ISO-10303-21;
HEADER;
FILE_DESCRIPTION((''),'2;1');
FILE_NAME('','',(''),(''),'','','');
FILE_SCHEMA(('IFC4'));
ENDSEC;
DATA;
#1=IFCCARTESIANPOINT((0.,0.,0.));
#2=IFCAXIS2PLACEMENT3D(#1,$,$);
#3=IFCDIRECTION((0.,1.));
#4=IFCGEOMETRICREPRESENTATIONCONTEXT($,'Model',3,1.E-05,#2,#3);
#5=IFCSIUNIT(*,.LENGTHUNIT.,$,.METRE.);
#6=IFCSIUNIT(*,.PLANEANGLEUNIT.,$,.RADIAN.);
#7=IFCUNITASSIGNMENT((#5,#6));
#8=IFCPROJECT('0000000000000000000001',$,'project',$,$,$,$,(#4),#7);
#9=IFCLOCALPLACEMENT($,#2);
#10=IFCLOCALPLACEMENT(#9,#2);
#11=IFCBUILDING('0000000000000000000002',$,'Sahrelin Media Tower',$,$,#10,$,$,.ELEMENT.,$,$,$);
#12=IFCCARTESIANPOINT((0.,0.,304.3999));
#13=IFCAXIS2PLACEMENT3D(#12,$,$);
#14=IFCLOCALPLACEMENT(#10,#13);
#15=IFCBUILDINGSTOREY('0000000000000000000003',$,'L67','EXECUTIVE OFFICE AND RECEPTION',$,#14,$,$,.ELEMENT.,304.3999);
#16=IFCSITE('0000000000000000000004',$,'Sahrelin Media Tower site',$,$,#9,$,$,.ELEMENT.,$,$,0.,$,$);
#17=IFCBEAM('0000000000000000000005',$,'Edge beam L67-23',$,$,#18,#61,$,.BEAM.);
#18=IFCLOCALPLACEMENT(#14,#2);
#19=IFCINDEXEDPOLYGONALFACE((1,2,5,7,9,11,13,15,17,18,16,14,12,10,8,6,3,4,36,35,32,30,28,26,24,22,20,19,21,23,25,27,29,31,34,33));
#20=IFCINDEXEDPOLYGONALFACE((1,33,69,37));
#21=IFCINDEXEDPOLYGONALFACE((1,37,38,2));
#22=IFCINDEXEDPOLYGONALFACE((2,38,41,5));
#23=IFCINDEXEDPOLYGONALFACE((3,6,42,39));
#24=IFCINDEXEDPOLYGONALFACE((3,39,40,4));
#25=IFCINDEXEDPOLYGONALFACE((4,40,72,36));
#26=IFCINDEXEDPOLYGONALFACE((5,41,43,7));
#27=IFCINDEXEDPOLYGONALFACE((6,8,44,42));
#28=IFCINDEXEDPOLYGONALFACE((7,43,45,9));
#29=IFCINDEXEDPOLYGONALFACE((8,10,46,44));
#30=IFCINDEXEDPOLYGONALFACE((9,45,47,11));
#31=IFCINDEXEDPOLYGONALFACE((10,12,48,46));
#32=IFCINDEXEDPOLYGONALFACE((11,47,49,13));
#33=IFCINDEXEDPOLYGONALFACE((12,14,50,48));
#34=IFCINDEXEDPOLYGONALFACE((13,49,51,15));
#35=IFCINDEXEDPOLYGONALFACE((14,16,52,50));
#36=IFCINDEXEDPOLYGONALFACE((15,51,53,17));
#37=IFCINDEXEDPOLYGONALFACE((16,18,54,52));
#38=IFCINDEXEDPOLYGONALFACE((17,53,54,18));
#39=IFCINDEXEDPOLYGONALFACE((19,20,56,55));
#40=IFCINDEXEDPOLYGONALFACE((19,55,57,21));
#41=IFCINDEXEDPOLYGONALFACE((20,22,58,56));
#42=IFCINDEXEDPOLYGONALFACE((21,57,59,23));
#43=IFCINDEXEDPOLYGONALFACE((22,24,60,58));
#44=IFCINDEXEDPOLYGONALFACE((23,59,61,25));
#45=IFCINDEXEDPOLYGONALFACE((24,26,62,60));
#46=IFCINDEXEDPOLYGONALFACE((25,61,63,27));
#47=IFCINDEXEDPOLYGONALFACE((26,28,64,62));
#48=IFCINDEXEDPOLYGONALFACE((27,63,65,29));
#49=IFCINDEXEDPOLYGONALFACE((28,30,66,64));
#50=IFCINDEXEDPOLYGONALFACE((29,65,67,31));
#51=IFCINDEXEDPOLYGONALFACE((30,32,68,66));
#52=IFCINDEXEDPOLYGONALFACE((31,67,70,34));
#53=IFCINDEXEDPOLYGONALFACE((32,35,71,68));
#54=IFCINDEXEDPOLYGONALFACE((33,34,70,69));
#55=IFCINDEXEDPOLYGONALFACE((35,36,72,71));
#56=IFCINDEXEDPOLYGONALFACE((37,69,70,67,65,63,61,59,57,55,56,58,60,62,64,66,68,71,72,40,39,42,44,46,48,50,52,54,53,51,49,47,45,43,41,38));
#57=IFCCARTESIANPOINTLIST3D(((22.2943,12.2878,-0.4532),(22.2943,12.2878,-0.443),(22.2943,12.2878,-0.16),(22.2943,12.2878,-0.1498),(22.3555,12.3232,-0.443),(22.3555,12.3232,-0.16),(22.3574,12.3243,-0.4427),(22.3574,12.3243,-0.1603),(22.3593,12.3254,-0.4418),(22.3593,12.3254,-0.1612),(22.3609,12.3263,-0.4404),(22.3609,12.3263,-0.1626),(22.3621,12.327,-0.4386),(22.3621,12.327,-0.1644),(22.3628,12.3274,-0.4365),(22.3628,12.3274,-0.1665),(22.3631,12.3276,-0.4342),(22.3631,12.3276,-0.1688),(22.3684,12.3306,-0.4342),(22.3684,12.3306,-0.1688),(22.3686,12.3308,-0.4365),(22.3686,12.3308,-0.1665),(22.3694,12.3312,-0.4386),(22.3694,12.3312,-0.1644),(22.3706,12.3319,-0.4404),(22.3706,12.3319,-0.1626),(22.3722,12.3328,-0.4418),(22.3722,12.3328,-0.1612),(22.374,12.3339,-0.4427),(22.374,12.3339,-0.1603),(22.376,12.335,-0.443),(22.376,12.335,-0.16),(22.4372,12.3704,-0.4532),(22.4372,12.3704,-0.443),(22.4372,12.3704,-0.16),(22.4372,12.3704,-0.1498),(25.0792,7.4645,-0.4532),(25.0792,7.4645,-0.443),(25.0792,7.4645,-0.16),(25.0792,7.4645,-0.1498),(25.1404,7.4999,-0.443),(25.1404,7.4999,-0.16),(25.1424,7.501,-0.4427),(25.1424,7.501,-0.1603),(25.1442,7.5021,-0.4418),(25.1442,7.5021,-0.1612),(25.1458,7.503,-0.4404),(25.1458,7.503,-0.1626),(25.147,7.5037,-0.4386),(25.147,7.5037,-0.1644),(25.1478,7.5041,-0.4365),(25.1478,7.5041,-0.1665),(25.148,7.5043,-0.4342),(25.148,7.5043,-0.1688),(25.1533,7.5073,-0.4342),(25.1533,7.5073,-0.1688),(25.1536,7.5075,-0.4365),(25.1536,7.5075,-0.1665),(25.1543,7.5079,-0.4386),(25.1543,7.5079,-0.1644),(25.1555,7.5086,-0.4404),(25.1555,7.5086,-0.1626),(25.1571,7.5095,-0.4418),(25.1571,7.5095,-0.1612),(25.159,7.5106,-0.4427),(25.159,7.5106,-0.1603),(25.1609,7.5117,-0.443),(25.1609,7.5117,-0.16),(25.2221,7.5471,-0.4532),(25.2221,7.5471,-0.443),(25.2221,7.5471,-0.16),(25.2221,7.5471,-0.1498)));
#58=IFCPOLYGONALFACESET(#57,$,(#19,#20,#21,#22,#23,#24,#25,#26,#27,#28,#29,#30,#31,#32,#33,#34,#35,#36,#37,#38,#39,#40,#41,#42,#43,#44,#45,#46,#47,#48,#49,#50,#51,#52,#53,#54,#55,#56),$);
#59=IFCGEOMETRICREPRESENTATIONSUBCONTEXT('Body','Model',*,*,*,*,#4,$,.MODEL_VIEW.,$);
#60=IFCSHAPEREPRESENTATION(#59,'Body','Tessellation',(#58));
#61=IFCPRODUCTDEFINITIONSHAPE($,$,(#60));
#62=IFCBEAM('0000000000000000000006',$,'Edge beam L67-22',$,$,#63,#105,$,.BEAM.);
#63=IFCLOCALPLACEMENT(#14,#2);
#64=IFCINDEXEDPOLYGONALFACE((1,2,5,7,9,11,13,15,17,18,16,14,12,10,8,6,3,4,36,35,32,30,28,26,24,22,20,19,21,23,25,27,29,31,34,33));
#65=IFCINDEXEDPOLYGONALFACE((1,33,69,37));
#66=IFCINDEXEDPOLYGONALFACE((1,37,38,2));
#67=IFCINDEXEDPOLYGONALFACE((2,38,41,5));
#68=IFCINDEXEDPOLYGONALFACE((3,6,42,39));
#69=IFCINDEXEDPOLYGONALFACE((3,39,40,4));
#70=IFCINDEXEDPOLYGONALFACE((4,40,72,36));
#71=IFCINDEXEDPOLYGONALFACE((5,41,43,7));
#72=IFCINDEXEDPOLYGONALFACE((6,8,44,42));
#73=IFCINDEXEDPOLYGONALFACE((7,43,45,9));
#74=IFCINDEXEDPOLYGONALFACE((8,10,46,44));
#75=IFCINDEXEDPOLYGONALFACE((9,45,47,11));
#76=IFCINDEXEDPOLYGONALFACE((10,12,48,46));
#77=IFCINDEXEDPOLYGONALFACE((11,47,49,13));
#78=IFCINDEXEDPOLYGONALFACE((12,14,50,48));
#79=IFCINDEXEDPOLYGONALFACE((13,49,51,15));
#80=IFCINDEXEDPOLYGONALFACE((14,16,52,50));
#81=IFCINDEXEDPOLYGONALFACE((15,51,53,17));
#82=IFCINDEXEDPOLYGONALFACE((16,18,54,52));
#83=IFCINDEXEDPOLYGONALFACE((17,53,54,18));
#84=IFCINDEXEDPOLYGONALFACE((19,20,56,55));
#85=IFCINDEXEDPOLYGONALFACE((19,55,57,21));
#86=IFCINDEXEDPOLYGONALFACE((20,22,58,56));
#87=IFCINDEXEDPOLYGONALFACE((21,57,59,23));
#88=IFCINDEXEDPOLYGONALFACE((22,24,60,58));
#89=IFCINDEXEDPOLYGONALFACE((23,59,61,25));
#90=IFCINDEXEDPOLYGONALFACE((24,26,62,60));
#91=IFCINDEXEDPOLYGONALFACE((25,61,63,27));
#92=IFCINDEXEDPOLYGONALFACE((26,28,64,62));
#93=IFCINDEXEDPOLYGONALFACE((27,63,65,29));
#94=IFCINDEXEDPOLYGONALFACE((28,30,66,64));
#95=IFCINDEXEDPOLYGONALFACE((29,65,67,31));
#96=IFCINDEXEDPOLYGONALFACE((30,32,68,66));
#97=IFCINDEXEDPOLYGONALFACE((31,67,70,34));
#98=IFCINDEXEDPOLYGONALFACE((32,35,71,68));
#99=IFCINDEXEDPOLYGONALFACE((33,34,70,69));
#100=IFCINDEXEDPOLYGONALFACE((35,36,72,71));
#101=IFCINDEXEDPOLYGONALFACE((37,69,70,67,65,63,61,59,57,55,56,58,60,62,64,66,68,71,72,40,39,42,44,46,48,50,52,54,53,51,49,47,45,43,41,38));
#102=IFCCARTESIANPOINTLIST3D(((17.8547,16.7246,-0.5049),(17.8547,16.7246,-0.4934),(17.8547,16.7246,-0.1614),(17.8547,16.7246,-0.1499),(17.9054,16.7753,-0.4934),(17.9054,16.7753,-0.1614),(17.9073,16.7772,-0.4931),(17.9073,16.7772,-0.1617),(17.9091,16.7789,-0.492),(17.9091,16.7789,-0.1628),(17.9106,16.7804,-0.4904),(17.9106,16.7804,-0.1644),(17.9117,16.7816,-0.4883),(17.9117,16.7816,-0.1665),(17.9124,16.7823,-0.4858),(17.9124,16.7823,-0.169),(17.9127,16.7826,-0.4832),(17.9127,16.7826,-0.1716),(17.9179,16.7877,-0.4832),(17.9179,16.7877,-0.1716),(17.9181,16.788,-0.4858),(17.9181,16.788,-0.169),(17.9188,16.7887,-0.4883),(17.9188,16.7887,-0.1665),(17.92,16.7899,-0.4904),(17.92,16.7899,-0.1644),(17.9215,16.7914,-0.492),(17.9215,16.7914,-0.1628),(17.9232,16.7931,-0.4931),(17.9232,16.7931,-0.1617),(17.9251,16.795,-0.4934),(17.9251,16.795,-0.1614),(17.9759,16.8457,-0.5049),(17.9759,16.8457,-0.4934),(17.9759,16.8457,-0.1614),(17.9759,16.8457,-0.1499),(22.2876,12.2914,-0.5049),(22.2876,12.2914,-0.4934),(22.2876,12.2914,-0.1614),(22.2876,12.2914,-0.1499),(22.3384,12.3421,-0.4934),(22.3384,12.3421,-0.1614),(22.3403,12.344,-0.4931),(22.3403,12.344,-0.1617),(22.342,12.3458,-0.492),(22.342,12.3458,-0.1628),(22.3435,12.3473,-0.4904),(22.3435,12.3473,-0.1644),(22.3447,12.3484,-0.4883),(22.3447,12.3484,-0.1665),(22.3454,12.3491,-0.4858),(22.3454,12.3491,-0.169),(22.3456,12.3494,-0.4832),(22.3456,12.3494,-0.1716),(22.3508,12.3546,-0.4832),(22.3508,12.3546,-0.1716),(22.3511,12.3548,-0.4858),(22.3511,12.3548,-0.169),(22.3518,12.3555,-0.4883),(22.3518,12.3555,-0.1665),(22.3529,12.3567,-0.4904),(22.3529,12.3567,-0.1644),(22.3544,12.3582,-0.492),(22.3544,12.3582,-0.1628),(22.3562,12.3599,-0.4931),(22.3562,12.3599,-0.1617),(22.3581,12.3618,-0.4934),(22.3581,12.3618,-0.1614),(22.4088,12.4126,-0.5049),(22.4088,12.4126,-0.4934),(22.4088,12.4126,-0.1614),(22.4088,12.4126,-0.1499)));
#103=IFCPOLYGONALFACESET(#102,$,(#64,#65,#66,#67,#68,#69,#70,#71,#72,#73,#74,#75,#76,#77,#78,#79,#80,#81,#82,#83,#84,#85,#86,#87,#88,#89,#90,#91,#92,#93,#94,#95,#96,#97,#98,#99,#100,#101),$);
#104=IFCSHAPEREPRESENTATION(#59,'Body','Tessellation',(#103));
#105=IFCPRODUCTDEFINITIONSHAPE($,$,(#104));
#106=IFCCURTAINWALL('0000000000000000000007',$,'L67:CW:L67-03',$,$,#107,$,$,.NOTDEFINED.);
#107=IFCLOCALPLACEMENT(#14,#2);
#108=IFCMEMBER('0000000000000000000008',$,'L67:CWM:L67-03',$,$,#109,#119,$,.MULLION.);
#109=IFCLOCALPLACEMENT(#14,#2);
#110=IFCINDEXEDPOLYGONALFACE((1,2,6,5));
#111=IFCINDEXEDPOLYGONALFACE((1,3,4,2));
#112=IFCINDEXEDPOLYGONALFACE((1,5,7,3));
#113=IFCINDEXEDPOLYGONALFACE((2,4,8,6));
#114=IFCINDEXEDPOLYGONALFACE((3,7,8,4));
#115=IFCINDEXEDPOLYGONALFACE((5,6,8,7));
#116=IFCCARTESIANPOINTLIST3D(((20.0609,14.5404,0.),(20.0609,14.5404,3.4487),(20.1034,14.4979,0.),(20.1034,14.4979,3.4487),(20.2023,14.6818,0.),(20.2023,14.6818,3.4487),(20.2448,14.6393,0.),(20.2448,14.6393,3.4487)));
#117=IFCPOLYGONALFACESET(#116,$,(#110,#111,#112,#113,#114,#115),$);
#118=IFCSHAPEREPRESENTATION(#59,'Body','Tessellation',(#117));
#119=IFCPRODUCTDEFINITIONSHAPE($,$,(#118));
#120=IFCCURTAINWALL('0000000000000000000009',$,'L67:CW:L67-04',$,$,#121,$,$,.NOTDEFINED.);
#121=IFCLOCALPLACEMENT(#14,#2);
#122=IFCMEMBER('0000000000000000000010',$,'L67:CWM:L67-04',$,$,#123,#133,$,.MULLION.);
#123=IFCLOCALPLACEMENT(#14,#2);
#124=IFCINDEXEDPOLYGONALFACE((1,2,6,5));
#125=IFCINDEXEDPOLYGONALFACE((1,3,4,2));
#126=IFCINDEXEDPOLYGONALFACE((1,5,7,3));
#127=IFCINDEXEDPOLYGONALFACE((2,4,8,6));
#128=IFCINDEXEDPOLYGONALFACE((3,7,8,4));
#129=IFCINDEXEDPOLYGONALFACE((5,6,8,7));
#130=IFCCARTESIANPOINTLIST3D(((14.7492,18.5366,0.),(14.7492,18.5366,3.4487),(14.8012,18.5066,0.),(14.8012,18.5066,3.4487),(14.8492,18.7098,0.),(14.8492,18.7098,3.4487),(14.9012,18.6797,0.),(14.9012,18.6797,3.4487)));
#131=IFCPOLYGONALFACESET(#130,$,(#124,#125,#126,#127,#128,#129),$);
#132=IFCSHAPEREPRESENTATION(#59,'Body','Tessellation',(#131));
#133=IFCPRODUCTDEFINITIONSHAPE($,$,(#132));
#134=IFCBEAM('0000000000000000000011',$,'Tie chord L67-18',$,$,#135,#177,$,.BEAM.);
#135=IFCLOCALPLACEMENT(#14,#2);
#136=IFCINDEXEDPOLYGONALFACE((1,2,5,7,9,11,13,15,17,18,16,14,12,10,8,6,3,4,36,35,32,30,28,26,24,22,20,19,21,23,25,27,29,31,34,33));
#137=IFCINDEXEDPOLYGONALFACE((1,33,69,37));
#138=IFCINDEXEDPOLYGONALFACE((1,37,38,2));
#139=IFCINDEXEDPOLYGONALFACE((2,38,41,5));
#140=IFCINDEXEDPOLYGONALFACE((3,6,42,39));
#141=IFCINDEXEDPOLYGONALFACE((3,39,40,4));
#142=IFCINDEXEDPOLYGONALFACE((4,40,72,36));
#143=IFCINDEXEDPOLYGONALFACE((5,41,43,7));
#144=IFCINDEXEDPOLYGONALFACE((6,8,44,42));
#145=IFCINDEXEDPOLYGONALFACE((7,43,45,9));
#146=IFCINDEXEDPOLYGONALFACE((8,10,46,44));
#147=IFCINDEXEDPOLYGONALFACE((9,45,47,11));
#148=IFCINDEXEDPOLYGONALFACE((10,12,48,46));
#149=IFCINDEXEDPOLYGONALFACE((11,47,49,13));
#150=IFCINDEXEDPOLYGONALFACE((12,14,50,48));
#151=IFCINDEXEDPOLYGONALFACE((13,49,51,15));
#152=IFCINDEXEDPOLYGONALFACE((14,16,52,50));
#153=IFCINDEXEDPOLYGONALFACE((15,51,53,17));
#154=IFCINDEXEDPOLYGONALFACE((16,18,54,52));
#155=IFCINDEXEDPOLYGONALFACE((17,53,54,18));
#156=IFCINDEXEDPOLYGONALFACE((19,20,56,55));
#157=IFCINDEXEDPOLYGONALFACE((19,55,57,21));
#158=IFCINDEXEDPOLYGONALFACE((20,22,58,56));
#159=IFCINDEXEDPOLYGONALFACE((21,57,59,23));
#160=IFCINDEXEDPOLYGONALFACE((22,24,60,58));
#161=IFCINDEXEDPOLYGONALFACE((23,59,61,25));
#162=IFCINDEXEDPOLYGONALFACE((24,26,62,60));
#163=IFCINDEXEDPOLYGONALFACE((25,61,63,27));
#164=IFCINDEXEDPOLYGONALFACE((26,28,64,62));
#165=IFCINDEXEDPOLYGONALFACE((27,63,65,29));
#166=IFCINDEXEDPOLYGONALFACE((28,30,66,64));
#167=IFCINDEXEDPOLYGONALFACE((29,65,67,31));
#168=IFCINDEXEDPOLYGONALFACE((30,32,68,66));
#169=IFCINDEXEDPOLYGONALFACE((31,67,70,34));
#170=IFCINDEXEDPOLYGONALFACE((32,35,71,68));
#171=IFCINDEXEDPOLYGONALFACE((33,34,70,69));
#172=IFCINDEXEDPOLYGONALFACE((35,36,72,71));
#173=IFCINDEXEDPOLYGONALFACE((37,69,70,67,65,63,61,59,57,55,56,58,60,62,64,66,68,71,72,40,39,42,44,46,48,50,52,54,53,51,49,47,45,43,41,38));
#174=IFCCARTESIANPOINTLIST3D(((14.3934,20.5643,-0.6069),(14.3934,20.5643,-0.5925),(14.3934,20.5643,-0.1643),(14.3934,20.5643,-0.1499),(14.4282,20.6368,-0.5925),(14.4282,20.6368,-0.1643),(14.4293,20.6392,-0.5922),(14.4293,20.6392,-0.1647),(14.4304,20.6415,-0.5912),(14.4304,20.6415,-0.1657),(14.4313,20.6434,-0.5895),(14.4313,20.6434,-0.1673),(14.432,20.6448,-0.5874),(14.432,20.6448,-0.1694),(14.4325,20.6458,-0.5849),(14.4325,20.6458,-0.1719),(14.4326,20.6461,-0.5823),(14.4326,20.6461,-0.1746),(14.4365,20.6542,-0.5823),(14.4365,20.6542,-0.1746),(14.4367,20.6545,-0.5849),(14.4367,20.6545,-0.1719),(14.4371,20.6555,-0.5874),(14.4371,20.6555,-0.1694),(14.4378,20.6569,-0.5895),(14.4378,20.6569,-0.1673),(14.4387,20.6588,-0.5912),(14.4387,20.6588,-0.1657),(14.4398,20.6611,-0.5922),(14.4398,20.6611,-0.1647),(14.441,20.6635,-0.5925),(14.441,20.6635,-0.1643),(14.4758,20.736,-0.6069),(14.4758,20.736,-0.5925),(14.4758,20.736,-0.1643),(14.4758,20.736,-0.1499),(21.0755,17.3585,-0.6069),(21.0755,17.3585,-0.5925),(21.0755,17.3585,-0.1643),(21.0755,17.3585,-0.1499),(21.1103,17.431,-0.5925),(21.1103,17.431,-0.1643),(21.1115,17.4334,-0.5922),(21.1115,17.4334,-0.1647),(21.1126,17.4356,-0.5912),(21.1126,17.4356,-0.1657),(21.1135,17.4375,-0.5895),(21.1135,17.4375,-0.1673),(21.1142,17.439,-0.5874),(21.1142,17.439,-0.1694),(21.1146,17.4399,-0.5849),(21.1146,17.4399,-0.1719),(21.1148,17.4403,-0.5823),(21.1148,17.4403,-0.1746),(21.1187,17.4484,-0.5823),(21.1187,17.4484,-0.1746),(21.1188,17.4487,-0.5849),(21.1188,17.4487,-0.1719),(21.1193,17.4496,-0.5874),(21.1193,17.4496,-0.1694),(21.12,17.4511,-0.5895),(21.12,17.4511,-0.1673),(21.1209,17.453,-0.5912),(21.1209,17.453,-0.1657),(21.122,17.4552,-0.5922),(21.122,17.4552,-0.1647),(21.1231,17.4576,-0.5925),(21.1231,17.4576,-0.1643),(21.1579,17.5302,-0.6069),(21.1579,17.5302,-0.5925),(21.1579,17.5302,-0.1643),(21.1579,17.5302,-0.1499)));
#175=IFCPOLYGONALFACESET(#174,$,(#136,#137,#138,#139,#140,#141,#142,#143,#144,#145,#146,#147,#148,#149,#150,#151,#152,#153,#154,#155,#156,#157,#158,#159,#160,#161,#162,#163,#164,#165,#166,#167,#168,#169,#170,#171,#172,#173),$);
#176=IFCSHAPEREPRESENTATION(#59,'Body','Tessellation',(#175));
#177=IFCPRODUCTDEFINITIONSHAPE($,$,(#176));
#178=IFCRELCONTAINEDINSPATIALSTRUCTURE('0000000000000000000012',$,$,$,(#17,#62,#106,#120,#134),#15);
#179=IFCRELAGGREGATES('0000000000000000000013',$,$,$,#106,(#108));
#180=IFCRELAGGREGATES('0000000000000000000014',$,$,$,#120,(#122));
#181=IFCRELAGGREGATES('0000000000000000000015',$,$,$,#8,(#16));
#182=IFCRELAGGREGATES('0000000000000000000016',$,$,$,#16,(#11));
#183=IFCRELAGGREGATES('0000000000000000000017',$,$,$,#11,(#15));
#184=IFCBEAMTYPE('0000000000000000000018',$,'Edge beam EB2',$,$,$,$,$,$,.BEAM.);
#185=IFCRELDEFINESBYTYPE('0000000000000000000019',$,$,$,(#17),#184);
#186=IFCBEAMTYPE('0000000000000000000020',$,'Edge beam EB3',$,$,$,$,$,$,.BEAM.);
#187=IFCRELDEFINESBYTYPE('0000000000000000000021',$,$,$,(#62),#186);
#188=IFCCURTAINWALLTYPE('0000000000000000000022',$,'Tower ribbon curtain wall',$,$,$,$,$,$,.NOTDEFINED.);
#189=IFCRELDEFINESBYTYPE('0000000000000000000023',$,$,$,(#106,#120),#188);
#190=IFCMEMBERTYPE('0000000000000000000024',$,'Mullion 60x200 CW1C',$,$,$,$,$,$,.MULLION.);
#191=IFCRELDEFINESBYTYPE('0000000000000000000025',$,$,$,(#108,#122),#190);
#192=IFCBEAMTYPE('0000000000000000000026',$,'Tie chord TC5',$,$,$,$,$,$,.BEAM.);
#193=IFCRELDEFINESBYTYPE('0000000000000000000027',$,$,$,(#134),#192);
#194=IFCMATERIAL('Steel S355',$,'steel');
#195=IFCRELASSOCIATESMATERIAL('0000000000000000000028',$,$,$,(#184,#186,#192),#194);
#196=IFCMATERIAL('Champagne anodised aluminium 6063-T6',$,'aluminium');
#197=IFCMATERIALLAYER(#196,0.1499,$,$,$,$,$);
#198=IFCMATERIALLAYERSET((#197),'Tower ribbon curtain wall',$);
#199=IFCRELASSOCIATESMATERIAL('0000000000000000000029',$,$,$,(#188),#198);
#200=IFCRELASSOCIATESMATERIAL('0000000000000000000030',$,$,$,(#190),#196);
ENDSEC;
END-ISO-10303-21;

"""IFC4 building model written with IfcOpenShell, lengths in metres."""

from ifc_helpers import new_model, si_unit, direction, frame, origin, origin_2d, place, context, subcontext, project, spatial, rectangle, i_section, extrude, material, layer, layer_set, material_profile, profile_set, type_object, element, aggregate, save


model = new_model("IFC4")

# Units and contexts
model_context = context("Model", 3, precision=1e-05, world=origin(), true_north=direction((0.0, 1.0)))
body_context = subcontext(model_context, "Body", "Model", "MODEL_VIEW")
ifc_project = project(units=[si_unit("LENGTHUNIT", "METRE"), si_unit("PLANEANGLEUNIT", "RADIAN")], contexts=[model_context])

# Site, building, storey
site_placement = place(None, origin())
site = spatial("IfcSite", under=ifc_project, at=site_placement, Name="Sahrelin Media Tower site", CompositionType="ELEMENT", RefElevation=0.0)
building_placement = place(site_placement, origin())
building = spatial("IfcBuilding", under=site, at=building_placement, Name="Sahrelin Media Tower", CompositionType="ELEMENT")
storey_placement = place(building_placement, frame((0.0, 0.0, 304.3999)))
storey = spatial("IfcBuildingStorey", under=building, at=storey_placement, Name="L67", Description="EXECUTIVE OFFICE AND RECEPTION", CompositionType="ELEMENT", Elevation=304.3999)

# Beams
ifc_material_1 = material(Name="Steel S355", Category="steel")
ifc_material_profile_1 = material_profile(ifc_material_1, i_section(OverallWidth=0.165, OverallDepth=0.3035, WebThickness=0.0061, FlangeThickness=0.0103, FilletRadius=0.0088, at=origin_2d()), Name="UB 305x165x40")
ifc_profile_set_1 = profile_set([ifc_material_profile_1], Name="Steel S355")
beam_type_1 = type_object("IfcBeamType", Name="Edge beam EB2", PredefinedType="BEAM", material=ifc_profile_set_1)
beam_1_placement = place(storey_placement, frame((22.3657, 12.3291, -0.3015), z_axis=(0.500029, -0.866009, 0.0), x_axis=(0.866009, 0.500029, 0.0)))
element("IfcBeam", 1, at=beam_1_placement, inside=storey, type_object=beam_type_1, Name="Edge beam L67-23", PredefinedType="BEAM", context=body_context, shape_type="SweptSolid", body=[
    extrude(i_section(OverallWidth=0.165, OverallDepth=0.3035, WebThickness=0.0061, FlangeThickness=0.0103, FilletRadius=0.0088, at=origin_2d()), origin(), (0.0, 0.0, 1.0), 5.5696),
])
ifc_material_profile_2 = material_profile(ifc_material_1, i_section(OverallWidth=0.1714, OverallDepth=0.355, WebThickness=0.0073, FlangeThickness=0.0115, FilletRadius=0.0103, at=origin_2d()), Name="UB 356x171x51")
ifc_profile_set_2 = profile_set([ifc_material_profile_2], Name="Steel S355")
beam_type_2 = type_object("IfcBeamType", Name="Edge beam EB3", PredefinedType="BEAM", material=ifc_profile_set_2)
beam_2_placement = place(storey_placement, frame((17.9153, 16.7852, -0.3274), z_axis=(0.707087, -0.707126, 0.0), x_axis=(0.707126, 0.707087, 0.0)))
element("IfcBeam", 2, at=beam_2_placement, inside=storey, type_object=beam_type_2, Name="Edge beam L67-22", PredefinedType="BEAM", context=body_context, shape_type="SweptSolid", body=[
    extrude(i_section(OverallWidth=0.1714, OverallDepth=0.355, WebThickness=0.0073, FlangeThickness=0.0115, FilletRadius=0.0103, at=origin_2d()), origin(), (0.0, 0.0, 1.0), 6.2693),
])

# Curtain walls, members
ifc_material_2 = material(Name="Champagne anodised aluminium 6063-T6", Category="aluminium")
ifc_layer_1 = layer(ifc_material_2, 0.1499)
ifc_layer_set_1 = layer_set([ifc_layer_1], Name="Tower ribbon curtain wall")
curtain_wall_type = type_object("IfcCurtainWallType", Name="Tower ribbon curtain wall", PredefinedType="NOTDEFINED", material=ifc_layer_set_1)
curtain_wall_1_placement = place(storey_placement, frame((20.2378, 14.6746, 0.0), z_axis=(0.0, 0.0, 1.0), x_axis=(1.0, 0.0, 0.0)))
curtain_wall_1 = element("IfcCurtainWall", 3, at=curtain_wall_1_placement, inside=storey, type_object=curtain_wall_type, Name="L67:CW:L67-03", PredefinedType="NOTDEFINED")
ifc_material_profile_3 = material_profile(ifc_material_2, rectangle(XDim=0.0601, YDim=0.2, at=origin_2d()), Name="Mullion 60x200")
ifc_profile_set_3 = profile_set([ifc_material_profile_3], Name="Champagne anodised aluminium 6063-T6")
member_type_1 = type_object("IfcMemberType", Name="Mullion 60x200 CW1C", PredefinedType="MULLION", material=ifc_profile_set_3)
member_1_placement = place(storey_placement, frame((20.1528, 14.5898, 0.0), z_axis=(0.0, 0.0, 1.0), x_axis=(-0.707107, 0.707107, 0.0)))
member_1 = element("IfcMember", 4, at=member_1_placement, type_object=member_type_1, Name="L67:CWM:L67-03", PredefinedType="MULLION", context=body_context, shape_type="SweptSolid", body=[
    extrude(rectangle(XDim=0.0601, YDim=0.2, at=origin_2d()), origin(), (0.0, 0.0, 1.0), 3.4487),
])
curtain_wall_2_placement = place(storey_placement, frame((14.885, 18.7122, 0.0), z_axis=(0.0, 0.0, 1.0), x_axis=(1.0, 0.0, 0.0)))
curtain_wall_2 = element("IfcCurtainWall", 5, at=curtain_wall_2_placement, inside=storey, type_object=curtain_wall_type, Name="L67:CW:L67-04", PredefinedType="NOTDEFINED")
member_2_placement = place(storey_placement, frame((14.8252, 18.6082, 0.0), z_axis=(0.0, 0.0, 1.0), x_axis=(-0.86603, 0.499992, 0.0)))
member_2 = element("IfcMember", 6, at=member_2_placement, type_object=member_type_1, Name="L67:CWM:L67-04", PredefinedType="MULLION", context=body_context, shape_type="SweptSolid", body=[
    extrude(rectangle(XDim=0.0601, YDim=0.2, at=origin_2d()), origin(), (0.0, 0.0, 1.0), 3.4487),
])

# Beam
ifc_material_profile_4 = material_profile(ifc_material_1, i_section(OverallWidth=0.1904, OverallDepth=0.457, WebThickness=0.009, FlangeThickness=0.0144, FilletRadius=0.0103, at=origin_2d()), Name="UB 457x191x74")
ifc_profile_set_4 = profile_set([ifc_material_profile_4], Name="Steel S355")
beam_type_3 = type_object("IfcBeamType", Name="Tie chord TC5", PredefinedType="BEAM", material=ifc_profile_set_4)
beam_3_placement = place(storey_placement, frame((14.4346, 20.6501, -0.3784), z_axis=(0.901608, -0.432554, 0.0), x_axis=(0.432554, 0.901608, 0.0)))
element("IfcBeam", 7, at=beam_3_placement, inside=storey, type_object=beam_type_3, Name="Tie chord L67-18", PredefinedType="BEAM", context=body_context, shape_type="SweptSolid", body=[
    extrude(i_section(OverallWidth=0.1904, OverallDepth=0.457, WebThickness=0.009, FlangeThickness=0.0144, FilletRadius=0.0103, at=origin_2d()), origin(), (0.0, 0.0, 1.0), 7.4114),
])

aggregate(curtain_wall_1, [member_1])
aggregate(curtain_wall_2, [member_2])

save(model, "model.ifc")
